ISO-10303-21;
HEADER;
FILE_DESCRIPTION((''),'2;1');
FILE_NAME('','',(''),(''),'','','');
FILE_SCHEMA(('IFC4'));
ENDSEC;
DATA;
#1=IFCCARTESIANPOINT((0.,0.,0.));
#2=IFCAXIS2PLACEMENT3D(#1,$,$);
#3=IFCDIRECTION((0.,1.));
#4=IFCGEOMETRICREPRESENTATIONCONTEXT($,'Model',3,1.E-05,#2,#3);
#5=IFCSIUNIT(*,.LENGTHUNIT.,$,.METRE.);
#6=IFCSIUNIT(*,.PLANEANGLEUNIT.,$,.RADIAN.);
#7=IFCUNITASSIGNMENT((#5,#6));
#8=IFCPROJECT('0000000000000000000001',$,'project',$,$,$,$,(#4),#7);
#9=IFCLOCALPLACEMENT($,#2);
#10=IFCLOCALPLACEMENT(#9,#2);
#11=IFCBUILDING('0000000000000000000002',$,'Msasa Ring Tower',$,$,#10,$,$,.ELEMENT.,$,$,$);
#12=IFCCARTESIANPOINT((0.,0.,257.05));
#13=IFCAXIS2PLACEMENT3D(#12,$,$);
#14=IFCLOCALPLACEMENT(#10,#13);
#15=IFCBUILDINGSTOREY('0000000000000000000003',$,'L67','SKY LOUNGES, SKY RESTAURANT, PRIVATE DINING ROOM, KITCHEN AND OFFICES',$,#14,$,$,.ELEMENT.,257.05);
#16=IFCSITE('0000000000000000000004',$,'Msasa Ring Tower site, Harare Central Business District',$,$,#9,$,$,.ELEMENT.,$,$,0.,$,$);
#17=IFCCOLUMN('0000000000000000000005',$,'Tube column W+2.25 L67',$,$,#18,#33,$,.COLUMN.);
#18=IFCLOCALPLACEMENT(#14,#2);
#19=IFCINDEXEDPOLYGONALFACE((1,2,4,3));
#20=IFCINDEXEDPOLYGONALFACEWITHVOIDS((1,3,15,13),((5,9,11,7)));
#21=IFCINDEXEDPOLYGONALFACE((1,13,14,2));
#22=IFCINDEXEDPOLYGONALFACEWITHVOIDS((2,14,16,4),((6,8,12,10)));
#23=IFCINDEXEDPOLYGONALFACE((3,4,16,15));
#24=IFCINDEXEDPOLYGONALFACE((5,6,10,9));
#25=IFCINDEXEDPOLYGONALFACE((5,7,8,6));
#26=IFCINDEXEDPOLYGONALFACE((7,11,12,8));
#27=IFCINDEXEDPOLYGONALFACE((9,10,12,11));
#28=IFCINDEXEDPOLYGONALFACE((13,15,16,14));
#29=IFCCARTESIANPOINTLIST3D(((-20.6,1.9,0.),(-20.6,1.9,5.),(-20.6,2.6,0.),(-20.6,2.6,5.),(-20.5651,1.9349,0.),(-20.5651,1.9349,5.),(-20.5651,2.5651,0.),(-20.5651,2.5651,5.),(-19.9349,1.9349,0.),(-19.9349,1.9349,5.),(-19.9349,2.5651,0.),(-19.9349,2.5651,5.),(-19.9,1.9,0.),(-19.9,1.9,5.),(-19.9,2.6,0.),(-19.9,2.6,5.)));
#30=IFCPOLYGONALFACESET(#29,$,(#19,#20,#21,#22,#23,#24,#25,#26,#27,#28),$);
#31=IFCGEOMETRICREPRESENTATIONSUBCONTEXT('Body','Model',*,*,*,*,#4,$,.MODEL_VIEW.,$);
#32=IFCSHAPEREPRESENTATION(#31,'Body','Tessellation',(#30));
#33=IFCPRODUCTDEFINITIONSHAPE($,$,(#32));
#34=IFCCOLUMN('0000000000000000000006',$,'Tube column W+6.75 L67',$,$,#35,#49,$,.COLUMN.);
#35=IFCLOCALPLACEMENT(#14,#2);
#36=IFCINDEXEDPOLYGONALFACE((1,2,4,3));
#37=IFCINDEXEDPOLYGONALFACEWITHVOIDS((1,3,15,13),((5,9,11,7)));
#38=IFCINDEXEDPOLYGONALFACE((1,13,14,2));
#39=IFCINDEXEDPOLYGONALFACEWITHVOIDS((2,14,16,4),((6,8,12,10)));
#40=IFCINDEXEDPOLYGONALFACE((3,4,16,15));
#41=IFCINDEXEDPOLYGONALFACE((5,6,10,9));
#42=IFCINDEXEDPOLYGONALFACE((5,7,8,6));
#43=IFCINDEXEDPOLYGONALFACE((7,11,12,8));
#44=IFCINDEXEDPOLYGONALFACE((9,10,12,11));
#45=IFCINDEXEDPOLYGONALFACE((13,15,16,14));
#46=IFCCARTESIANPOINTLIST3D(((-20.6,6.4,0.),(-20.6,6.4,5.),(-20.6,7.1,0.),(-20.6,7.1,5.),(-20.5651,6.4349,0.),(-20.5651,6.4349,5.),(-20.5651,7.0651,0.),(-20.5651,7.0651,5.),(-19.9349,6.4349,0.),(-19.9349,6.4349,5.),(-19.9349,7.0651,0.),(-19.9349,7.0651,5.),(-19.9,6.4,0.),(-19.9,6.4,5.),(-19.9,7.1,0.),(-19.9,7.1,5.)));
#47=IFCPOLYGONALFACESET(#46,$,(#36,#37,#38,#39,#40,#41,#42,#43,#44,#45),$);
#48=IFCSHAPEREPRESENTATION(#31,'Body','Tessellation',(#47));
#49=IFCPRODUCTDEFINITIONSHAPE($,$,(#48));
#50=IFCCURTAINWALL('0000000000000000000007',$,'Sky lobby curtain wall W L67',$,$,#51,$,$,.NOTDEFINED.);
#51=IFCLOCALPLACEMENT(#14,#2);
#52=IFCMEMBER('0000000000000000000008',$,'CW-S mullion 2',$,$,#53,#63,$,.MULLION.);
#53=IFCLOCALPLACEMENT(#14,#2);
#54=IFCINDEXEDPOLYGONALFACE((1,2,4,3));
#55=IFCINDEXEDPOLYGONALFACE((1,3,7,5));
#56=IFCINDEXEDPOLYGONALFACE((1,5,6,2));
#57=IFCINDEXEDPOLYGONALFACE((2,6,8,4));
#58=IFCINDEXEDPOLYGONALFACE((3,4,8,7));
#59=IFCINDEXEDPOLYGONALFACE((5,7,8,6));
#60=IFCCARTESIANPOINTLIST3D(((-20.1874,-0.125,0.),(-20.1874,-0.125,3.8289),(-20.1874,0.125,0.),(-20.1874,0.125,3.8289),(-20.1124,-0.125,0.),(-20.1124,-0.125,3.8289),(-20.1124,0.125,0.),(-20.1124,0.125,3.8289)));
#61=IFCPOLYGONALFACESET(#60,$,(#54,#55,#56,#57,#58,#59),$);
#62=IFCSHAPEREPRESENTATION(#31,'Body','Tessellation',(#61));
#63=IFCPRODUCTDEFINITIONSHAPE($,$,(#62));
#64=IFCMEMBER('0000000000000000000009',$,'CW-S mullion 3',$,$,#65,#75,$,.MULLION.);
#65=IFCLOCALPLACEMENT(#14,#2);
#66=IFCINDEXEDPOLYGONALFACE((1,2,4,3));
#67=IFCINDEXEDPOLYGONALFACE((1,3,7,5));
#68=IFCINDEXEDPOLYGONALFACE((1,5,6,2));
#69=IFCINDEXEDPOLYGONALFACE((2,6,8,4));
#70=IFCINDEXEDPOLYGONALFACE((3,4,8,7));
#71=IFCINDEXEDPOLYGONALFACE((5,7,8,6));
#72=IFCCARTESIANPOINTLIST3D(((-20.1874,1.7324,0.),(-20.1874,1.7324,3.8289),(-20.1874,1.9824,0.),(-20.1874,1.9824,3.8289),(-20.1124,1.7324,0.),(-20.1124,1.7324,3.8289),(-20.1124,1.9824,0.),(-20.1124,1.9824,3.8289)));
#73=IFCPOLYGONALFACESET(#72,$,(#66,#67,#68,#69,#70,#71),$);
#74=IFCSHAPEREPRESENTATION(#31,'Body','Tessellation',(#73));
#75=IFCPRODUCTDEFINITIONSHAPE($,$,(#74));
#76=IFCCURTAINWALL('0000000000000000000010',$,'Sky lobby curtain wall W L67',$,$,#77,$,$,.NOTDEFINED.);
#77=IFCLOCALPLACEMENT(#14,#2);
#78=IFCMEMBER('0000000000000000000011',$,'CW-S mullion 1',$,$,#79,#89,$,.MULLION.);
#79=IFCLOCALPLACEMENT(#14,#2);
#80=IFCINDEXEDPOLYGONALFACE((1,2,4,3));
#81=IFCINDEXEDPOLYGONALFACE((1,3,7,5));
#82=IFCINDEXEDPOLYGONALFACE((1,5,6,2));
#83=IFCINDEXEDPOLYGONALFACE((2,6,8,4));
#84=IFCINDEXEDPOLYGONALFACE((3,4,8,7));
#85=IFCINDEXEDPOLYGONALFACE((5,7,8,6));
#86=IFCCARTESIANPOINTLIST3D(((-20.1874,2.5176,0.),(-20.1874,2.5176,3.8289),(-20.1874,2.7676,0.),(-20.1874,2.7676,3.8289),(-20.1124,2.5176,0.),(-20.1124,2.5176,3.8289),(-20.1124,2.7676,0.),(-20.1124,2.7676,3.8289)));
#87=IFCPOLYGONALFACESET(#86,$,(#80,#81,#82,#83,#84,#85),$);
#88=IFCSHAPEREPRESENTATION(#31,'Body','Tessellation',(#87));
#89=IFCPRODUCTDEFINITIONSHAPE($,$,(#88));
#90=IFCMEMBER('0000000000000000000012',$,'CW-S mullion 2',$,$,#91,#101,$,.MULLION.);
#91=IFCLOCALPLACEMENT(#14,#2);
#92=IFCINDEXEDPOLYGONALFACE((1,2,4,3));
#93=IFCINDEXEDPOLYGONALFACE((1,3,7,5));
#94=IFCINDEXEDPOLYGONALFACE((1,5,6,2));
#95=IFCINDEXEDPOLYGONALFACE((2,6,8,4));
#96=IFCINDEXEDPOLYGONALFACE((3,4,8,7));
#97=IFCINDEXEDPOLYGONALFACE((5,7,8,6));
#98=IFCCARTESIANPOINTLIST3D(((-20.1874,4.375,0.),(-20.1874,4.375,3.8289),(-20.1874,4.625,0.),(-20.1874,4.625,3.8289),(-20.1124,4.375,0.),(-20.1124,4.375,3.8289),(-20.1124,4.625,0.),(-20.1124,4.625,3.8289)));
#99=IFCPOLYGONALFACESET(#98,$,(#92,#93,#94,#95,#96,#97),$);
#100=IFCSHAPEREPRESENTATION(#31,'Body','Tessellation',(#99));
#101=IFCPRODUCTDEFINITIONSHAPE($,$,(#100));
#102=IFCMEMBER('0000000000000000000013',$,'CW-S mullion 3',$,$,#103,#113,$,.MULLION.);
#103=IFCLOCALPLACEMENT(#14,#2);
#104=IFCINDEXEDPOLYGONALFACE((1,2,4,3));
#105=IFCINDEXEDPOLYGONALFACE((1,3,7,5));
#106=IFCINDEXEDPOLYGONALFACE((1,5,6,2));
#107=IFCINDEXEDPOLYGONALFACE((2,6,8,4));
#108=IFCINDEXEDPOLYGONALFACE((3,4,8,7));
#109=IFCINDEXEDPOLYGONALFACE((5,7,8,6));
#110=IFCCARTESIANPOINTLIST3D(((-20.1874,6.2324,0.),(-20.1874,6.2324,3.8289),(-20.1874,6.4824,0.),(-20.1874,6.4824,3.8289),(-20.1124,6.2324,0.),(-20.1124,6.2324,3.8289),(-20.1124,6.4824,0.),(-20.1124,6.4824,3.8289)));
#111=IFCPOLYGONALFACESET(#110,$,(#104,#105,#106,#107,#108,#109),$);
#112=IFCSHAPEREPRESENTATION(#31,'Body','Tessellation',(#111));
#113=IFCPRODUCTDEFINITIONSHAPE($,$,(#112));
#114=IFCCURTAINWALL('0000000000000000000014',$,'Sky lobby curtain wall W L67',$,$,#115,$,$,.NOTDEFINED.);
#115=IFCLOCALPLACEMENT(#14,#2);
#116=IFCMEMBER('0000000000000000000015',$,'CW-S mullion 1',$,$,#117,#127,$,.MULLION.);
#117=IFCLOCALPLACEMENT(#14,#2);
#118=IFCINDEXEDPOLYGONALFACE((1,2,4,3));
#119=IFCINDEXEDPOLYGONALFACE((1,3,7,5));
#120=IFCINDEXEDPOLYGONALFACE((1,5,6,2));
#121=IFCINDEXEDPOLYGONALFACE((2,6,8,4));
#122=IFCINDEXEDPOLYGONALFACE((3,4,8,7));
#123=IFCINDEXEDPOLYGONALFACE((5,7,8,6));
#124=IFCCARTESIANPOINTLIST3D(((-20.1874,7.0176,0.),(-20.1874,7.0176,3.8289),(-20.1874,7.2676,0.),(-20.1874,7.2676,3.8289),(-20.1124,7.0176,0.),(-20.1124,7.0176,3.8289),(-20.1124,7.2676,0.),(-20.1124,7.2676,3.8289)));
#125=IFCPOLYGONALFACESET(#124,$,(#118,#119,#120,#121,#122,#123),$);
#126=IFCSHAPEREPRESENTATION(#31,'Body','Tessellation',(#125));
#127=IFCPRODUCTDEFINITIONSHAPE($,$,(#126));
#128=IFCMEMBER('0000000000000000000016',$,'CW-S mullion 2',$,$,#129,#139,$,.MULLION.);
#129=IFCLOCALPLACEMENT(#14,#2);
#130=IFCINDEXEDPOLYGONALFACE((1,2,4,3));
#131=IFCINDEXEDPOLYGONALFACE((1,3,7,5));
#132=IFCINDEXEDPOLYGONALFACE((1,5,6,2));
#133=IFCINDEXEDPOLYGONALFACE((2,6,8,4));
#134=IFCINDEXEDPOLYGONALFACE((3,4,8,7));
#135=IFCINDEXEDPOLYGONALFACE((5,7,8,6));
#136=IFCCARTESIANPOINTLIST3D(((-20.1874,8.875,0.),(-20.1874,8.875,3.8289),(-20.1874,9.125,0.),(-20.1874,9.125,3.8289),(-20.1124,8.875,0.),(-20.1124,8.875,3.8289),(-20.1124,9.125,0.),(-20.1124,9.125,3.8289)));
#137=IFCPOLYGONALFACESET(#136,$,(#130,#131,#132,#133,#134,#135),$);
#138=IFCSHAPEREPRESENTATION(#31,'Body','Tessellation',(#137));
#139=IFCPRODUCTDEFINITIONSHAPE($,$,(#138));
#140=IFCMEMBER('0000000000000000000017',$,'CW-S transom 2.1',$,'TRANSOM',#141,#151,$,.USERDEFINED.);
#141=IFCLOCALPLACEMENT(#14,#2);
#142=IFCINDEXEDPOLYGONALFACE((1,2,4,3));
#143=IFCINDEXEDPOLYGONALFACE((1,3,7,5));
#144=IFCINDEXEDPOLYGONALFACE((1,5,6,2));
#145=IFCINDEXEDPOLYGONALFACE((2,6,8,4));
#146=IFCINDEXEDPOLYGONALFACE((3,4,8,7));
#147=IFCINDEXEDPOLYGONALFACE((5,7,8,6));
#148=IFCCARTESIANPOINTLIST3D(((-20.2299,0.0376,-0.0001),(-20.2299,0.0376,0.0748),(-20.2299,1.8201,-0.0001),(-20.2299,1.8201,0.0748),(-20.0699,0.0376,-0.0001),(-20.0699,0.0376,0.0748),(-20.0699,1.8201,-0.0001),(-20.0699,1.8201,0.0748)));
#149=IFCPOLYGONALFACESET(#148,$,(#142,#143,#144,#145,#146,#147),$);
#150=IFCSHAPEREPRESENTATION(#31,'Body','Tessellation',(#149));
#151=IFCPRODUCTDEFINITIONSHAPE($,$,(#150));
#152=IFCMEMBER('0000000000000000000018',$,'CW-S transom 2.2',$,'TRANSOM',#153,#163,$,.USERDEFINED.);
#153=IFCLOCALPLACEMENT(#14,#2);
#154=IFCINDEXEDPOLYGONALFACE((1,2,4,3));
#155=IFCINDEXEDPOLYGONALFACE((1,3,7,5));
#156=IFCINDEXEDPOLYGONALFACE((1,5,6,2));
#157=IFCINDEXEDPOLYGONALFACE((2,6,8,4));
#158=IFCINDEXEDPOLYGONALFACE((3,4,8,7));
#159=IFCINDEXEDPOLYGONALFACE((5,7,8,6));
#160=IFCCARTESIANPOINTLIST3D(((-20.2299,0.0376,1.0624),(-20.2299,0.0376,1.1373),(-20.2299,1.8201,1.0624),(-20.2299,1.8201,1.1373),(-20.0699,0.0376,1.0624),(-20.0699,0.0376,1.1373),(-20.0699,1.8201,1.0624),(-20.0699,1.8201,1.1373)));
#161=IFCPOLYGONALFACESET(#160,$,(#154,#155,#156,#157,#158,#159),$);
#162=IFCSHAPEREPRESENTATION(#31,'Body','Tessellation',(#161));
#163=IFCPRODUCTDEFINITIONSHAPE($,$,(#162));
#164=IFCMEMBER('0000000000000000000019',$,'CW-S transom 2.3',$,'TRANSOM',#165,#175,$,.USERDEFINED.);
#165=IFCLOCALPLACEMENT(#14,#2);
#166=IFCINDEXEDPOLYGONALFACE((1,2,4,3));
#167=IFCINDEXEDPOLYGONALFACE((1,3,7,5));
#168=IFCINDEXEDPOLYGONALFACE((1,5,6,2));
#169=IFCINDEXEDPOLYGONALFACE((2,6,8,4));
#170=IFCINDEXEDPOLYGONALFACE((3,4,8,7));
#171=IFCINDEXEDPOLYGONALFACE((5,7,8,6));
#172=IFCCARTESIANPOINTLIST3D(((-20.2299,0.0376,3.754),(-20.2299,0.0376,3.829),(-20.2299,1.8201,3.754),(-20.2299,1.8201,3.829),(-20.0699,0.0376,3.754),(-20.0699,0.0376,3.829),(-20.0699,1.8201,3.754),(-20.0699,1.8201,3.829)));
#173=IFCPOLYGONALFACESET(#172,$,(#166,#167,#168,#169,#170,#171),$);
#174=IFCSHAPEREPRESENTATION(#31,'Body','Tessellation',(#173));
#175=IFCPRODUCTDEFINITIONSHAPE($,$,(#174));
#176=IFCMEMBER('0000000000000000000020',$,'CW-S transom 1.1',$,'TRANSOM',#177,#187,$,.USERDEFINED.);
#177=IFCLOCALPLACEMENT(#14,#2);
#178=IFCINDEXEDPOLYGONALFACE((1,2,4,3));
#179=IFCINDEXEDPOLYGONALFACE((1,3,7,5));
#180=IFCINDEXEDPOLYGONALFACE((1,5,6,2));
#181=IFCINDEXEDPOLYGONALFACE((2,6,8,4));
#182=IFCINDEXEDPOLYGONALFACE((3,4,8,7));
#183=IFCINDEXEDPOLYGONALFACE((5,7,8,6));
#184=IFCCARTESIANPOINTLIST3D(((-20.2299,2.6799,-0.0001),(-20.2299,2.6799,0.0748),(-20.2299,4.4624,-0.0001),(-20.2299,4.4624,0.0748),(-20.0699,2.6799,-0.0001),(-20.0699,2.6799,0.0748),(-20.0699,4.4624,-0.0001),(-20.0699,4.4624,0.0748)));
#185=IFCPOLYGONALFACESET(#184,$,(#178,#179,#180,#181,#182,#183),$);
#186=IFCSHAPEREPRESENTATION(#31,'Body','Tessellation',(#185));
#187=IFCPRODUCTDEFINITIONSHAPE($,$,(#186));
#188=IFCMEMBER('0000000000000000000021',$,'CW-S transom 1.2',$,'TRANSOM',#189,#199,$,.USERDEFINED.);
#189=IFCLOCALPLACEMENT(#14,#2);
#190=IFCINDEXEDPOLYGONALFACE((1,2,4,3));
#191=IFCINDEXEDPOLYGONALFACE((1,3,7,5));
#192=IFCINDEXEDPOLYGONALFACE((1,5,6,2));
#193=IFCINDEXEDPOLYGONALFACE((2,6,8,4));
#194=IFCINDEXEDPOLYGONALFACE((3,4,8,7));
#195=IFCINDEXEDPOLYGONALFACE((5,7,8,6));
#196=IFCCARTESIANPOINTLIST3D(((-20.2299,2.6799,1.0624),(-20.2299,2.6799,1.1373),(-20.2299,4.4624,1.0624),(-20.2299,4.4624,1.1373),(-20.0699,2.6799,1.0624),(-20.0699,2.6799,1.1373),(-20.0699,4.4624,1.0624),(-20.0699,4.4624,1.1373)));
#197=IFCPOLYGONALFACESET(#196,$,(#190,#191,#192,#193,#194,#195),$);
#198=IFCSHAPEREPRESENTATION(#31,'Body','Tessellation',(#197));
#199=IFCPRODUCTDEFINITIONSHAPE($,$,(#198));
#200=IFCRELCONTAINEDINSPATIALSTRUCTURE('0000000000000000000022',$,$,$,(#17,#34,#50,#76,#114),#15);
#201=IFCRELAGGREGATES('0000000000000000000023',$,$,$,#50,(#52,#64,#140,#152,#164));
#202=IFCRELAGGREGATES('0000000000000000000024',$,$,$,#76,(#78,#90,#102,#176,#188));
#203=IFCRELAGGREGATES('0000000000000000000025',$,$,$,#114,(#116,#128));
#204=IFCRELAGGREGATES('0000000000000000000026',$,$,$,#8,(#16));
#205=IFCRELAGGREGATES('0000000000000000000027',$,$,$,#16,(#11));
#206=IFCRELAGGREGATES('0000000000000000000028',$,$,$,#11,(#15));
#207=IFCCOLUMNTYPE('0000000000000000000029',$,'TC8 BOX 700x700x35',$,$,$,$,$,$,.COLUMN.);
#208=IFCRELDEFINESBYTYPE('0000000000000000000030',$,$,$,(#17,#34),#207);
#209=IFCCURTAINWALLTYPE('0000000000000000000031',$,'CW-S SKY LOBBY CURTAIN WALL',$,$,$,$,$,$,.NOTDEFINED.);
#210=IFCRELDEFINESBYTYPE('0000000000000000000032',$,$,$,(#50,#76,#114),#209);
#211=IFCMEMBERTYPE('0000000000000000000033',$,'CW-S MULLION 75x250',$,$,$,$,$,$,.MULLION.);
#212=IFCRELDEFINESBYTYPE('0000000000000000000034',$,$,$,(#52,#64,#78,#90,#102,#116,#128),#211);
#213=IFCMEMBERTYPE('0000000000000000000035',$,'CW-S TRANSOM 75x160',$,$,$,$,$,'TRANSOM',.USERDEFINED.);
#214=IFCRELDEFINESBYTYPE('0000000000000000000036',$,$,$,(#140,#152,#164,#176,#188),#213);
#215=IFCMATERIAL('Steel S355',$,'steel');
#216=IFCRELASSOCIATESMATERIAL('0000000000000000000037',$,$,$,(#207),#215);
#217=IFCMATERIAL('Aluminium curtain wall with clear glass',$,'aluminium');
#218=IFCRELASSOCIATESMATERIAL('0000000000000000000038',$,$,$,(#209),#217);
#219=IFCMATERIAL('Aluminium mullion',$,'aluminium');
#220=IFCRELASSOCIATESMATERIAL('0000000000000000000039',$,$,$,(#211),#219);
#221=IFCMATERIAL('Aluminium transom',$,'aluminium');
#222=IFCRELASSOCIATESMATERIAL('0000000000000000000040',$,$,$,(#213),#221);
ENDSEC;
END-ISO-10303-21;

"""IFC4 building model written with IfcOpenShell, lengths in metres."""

from ifc_helpers import new_model, si_unit, direction, frame, origin, origin_2d, place, context, subcontext, project, spatial, rectangle, hollow_rectangle, extrude, material, material_profile, profile_set, type_object, element, aggregate, save


model = new_model("IFC4")

# Units and contexts
model_context = context("Model", 3, precision=1e-05, world=origin(), true_north=direction((0.0, 1.0)))
body_context = subcontext(model_context, "Body", "Model", "MODEL_VIEW")
ifc_project = project(units=[si_unit("LENGTHUNIT", "METRE"), si_unit("PLANEANGLEUNIT", "RADIAN")], contexts=[model_context])

# Site, building, storey
site_placement = place(None, origin())
site = spatial("IfcSite", under=ifc_project, at=site_placement, Name="Msasa Ring Tower site, Harare Central Business District", CompositionType="ELEMENT", RefElevation=0.0)
building_placement = place(site_placement, origin())
building = spatial("IfcBuilding", under=site, at=building_placement, Name="Msasa Ring Tower", CompositionType="ELEMENT")
storey_placement = place(building_placement, frame((0.0, 0.0, 257.05)))
storey = spatial("IfcBuildingStorey", under=building, at=storey_placement, Name="L67", Description="SKY LOUNGES, SKY RESTAURANT, PRIVATE DINING ROOM, KITCHEN AND OFFICES", CompositionType="ELEMENT", Elevation=257.05)

# Columns
ifc_material_1 = material(Name="Steel S355", Category="steel")
ifc_material_profile_1 = material_profile(ifc_material_1, hollow_rectangle(XDim=0.7, YDim=0.7, WallThickness=0.0349, at=origin_2d()), Name="BOX 700x700x35")
ifc_profile_set_1 = profile_set([ifc_material_profile_1], Name="Steel S355")
column_type = type_object("IfcColumnType", Name="TC8 BOX 700x700x35", PredefinedType="COLUMN", material=ifc_profile_set_1)
for number, where, z_axis, x_axis, name in (
    (1, (-20.25, 2.25, 0.0), (0.0, 0.0, 1.0), (1.0, 0.0, 0.0), "Tube column W+2.25 L67"),
    (2, (-20.25, 6.75, 0.0), (0.0, 0.0, 1.0), (1.0, 0.0, 0.0), "Tube column W+6.75 L67"),
):
    element("IfcColumn", number, at=place(storey_placement, frame(where, z_axis=z_axis, x_axis=x_axis)), inside=storey, type_object=column_type, Name=name, PredefinedType="COLUMN", context=body_context, shape_type="SweptSolid", body=[
        extrude(hollow_rectangle(XDim=0.7, YDim=0.7, WallThickness=0.0349, at=origin_2d()), origin(), (0.0, 0.0, 1.0), 5.0),
    ])

# Curtain walls, members
ifc_material_2 = material(Name="Aluminium curtain wall with clear glass", Category="aluminium")
curtain_wall_type = type_object("IfcCurtainWallType", Name="CW-S SKY LOBBY CURTAIN WALL", PredefinedType="NOTDEFINED", material=ifc_material_2)
curtain_wall_1_placement = place(storey_placement, origin())
curtain_wall_1 = element("IfcCurtainWall", 3, at=curtain_wall_1_placement, inside=storey, type_object=curtain_wall_type, Name="Sky lobby curtain wall W L67", PredefinedType="NOTDEFINED")
ifc_material_3 = material(Name="Aluminium mullion", Category="aluminium")
ifc_material_profile_2 = material_profile(ifc_material_3, rectangle(XDim=0.075, YDim=0.25, at=origin_2d()), Name="AL 75x250")
ifc_profile_set_2 = profile_set([ifc_material_profile_2], Name="Aluminium mullion")
member_type_1 = type_object("IfcMemberType", Name="CW-S MULLION 75x250", PredefinedType="MULLION", material=ifc_profile_set_2)
member_1_placement = place(storey_placement, frame((-20.1499, 0.0, 0.0), z_axis=(0.0, 0.0, 1.0), x_axis=(-1.0, 0.0, 0.0)))
member_1 = element("IfcMember", 4, at=member_1_placement, type_object=member_type_1, Name="CW-S mullion 2", PredefinedType="MULLION", context=body_context, shape_type="SweptSolid", body=[
    extrude(rectangle(XDim=0.075, YDim=0.25, at=origin_2d()), origin(), (0.0, 0.0, 1.0), 3.8289),
])
member_2_placement = place(storey_placement, frame((-20.1499, 1.8574, 0.0), z_axis=(0.0, 0.0, 1.0), x_axis=(-1.0, 0.0, 0.0)))
member_2 = element("IfcMember", 5, at=member_2_placement, type_object=member_type_1, Name="CW-S mullion 3", PredefinedType="MULLION", context=body_context, shape_type="SweptSolid", body=[
    extrude(rectangle(XDim=0.075, YDim=0.25, at=origin_2d()), origin(), (0.0, 0.0, 1.0), 3.8289),
])
curtain_wall_2_placement = place(storey_placement, origin())
curtain_wall_2 = element("IfcCurtainWall", 6, at=curtain_wall_2_placement, inside=storey, type_object=curtain_wall_type, Name="Sky lobby curtain wall W L67", PredefinedType="NOTDEFINED")
member_3_placement = place(storey_placement, frame((-20.1499, 2.6426, 0.0), z_axis=(0.0, 0.0, 1.0), x_axis=(-1.0, 0.0, 0.0)))
member_3 = element("IfcMember", 7, at=member_3_placement, type_object=member_type_1, Name="CW-S mullion 1", PredefinedType="MULLION", context=body_context, shape_type="SweptSolid", body=[
    extrude(rectangle(XDim=0.075, YDim=0.25, at=origin_2d()), origin(), (0.0, 0.0, 1.0), 3.8289),
])
member_4_placement = place(storey_placement, frame((-20.1499, 4.5, 0.0), z_axis=(0.0, 0.0, 1.0), x_axis=(-1.0, 0.0, 0.0)))
member_4 = element("IfcMember", 8, at=member_4_placement, type_object=member_type_1, Name="CW-S mullion 2", PredefinedType="MULLION", context=body_context, shape_type="SweptSolid", body=[
    extrude(rectangle(XDim=0.075, YDim=0.25, at=origin_2d()), origin(), (0.0, 0.0, 1.0), 3.8289),
])
member_5_placement = place(storey_placement, frame((-20.1499, 6.3574, 0.0), z_axis=(0.0, 0.0, 1.0), x_axis=(-1.0, 0.0, 0.0)))
member_5 = element("IfcMember", 9, at=member_5_placement, type_object=member_type_1, Name="CW-S mullion 3", PredefinedType="MULLION", context=body_context, shape_type="SweptSolid", body=[
    extrude(rectangle(XDim=0.075, YDim=0.25, at=origin_2d()), origin(), (0.0, 0.0, 1.0), 3.8289),
])
curtain_wall_3_placement = place(storey_placement, origin())
curtain_wall_3 = element("IfcCurtainWall", 10, at=curtain_wall_3_placement, inside=storey, type_object=curtain_wall_type, Name="Sky lobby curtain wall W L67", PredefinedType="NOTDEFINED")
member_6_placement = place(storey_placement, frame((-20.1499, 7.1426, 0.0), z_axis=(0.0, 0.0, 1.0), x_axis=(-1.0, 0.0, 0.0)))
member_6 = element("IfcMember", 11, at=member_6_placement, type_object=member_type_1, Name="CW-S mullion 1", PredefinedType="MULLION", context=body_context, shape_type="SweptSolid", body=[
    extrude(rectangle(XDim=0.075, YDim=0.25, at=origin_2d()), origin(), (0.0, 0.0, 1.0), 3.8289),
])
member_7_placement = place(storey_placement, frame((-20.1499, 9.0, 0.0), z_axis=(0.0, 0.0, 1.0), x_axis=(-1.0, 0.0, 0.0)))
member_7 = element("IfcMember", 12, at=member_7_placement, type_object=member_type_1, Name="CW-S mullion 2", PredefinedType="MULLION", context=body_context, shape_type="SweptSolid", body=[
    extrude(rectangle(XDim=0.075, YDim=0.25, at=origin_2d()), origin(), (0.0, 0.0, 1.0), 3.8289),
])

# Members
ifc_material_4 = material(Name="Aluminium transom", Category="aluminium")
ifc_material_profile_3 = material_profile(ifc_material_4, rectangle(XDim=0.1599, YDim=0.075, at=origin_2d()), Name="AL 75x160")
ifc_profile_set_3 = profile_set([ifc_material_profile_3], Name="Aluminium transom")
member_type_2 = type_object("IfcMemberType", Name="CW-S TRANSOM 75x160", ElementType="TRANSOM", PredefinedType="USERDEFINED", material=ifc_profile_set_3)
member_8_placement = place(storey_placement, frame((-20.1499, 0.0376, 0.0374), z_axis=(0.0, 1.0, 0.0), x_axis=(-1.0, 0.0, 0.0)))
member_8 = element("IfcMember", 13, at=member_8_placement, type_object=member_type_2, Name="CW-S transom 2.1", ObjectType="TRANSOM", PredefinedType="USERDEFINED", context=body_context, shape_type="SweptSolid", body=[
    extrude(rectangle(XDim=0.1599, YDim=0.075, at=origin_2d()), origin(), (0.0, 0.0, 1.0), 1.7825),
])
member_9_placement = place(storey_placement, frame((-20.1499, 0.0376, 1.0999), z_axis=(0.0, 1.0, 0.0), x_axis=(-1.0, 0.0, 0.0)))
member_9 = element("IfcMember", 14, at=member_9_placement, type_object=member_type_2, Name="CW-S transom 2.2", ObjectType="TRANSOM", PredefinedType="USERDEFINED", context=body_context, shape_type="SweptSolid", body=[
    extrude(rectangle(XDim=0.1599, YDim=0.075, at=origin_2d()), origin(), (0.0, 0.0, 1.0), 1.7825),
])
member_10_placement = place(storey_placement, frame((-20.1499, 0.0376, 3.7915), z_axis=(0.0, 1.0, 0.0), x_axis=(-1.0, 0.0, 0.0)))
member_10 = element("IfcMember", 15, at=member_10_placement, type_object=member_type_2, Name="CW-S transom 2.3", ObjectType="TRANSOM", PredefinedType="USERDEFINED", context=body_context, shape_type="SweptSolid", body=[
    extrude(rectangle(XDim=0.1599, YDim=0.075, at=origin_2d()), origin(), (0.0, 0.0, 1.0), 1.7825),
])
member_11_placement = place(storey_placement, frame((-20.1499, 2.6799, 0.0374), z_axis=(0.0, 1.0, 0.0), x_axis=(-1.0, 0.0, 0.0)))
member_11 = element("IfcMember", 16, at=member_11_placement, type_object=member_type_2, Name="CW-S transom 1.1", ObjectType="TRANSOM", PredefinedType="USERDEFINED", context=body_context, shape_type="SweptSolid", body=[
    extrude(rectangle(XDim=0.1599, YDim=0.075, at=origin_2d()), origin(), (0.0, 0.0, 1.0), 1.7825),
])
member_12_placement = place(storey_placement, frame((-20.1499, 2.6799, 1.0999), z_axis=(0.0, 1.0, 0.0), x_axis=(-1.0, 0.0, 0.0)))
member_12 = element("IfcMember", 17, at=member_12_placement, type_object=member_type_2, Name="CW-S transom 1.2", ObjectType="TRANSOM", PredefinedType="USERDEFINED", context=body_context, shape_type="SweptSolid", body=[
    extrude(rectangle(XDim=0.1599, YDim=0.075, at=origin_2d()), origin(), (0.0, 0.0, 1.0), 1.7825),
])

aggregate(curtain_wall_1, [member_1, member_2, member_8, member_9, member_10])
aggregate(curtain_wall_2, [member_3, member_4, member_5, member_11, member_12])
aggregate(curtain_wall_3, [member_6, member_7])

save(model, "model.ifc")
